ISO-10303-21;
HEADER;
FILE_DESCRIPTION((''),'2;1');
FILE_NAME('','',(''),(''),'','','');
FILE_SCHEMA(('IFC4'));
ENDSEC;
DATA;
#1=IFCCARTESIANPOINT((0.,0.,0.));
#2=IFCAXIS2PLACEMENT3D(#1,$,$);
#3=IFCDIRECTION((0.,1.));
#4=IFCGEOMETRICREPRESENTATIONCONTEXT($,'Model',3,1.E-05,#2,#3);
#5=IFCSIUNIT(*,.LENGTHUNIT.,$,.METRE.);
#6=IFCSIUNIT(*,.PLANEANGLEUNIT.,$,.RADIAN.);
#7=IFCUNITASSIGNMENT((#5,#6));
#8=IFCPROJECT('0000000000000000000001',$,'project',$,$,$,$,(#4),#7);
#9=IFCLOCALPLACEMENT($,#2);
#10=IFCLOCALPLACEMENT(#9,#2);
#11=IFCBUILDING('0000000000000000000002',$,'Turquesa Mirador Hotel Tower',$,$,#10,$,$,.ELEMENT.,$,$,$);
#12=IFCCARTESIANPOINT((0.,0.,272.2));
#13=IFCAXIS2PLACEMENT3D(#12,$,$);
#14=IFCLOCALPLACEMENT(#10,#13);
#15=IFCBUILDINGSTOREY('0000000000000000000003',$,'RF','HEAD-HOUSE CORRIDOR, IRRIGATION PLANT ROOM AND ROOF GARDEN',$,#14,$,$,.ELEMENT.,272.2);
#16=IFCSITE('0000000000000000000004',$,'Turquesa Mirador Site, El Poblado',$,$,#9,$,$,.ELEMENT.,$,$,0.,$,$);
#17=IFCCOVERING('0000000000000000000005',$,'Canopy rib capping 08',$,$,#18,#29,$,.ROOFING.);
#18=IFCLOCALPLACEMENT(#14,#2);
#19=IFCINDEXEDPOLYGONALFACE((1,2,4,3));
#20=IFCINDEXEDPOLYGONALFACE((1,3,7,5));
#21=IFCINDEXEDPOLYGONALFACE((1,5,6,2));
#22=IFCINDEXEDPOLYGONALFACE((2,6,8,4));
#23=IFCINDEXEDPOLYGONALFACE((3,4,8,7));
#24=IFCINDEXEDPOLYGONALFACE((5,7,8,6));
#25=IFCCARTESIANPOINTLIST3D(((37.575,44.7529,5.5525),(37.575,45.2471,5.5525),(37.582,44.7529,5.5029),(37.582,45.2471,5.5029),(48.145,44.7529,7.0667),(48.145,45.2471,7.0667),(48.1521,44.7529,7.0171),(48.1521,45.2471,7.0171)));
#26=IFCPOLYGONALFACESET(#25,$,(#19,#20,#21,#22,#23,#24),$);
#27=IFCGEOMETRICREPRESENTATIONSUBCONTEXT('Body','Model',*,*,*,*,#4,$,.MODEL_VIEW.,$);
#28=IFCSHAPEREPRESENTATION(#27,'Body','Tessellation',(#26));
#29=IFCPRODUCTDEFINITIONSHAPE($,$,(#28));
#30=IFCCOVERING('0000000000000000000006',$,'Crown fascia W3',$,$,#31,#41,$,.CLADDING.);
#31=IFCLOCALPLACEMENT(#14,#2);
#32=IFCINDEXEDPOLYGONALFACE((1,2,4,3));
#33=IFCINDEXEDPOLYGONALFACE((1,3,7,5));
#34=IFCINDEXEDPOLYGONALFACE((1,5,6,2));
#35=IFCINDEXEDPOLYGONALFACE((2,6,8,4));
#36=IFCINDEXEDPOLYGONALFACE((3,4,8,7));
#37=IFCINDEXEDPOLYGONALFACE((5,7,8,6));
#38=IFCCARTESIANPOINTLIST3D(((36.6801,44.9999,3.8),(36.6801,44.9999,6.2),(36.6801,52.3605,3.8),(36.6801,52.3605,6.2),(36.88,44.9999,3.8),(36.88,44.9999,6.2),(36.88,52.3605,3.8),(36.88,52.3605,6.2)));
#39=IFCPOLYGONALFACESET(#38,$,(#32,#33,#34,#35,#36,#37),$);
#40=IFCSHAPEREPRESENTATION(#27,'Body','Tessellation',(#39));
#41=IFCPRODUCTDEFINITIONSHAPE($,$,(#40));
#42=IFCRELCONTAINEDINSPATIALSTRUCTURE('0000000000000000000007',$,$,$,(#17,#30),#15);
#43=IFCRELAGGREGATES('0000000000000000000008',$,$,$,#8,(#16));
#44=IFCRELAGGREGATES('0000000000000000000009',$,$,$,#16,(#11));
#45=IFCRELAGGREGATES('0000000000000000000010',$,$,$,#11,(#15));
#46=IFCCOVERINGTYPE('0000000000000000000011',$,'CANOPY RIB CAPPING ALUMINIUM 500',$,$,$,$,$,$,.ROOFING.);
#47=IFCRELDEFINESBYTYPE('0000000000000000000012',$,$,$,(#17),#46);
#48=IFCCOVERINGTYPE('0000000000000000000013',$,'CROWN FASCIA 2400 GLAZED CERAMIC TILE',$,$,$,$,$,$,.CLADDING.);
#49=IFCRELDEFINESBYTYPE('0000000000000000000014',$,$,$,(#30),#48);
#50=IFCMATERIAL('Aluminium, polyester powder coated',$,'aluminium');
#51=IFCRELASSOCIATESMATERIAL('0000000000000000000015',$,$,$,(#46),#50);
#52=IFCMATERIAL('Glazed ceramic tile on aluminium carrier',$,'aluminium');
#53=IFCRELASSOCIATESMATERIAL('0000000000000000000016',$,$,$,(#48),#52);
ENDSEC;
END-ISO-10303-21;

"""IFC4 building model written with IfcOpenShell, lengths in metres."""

from ifc_helpers import new_model, si_unit, direction, frame, origin, origin_2d, place, context, subcontext, project, spatial, polyline, rectangle, outline, extrude, material, type_object, element, save


model = new_model("IFC4")

# Units and contexts
model_context = context("Model", 3, precision=1e-05, world=origin(), true_north=direction((0.0, 1.0)))
body_context = subcontext(model_context, "Body", "Model", "MODEL_VIEW")
ifc_project = project(units=[si_unit("LENGTHUNIT", "METRE"), si_unit("PLANEANGLEUNIT", "RADIAN")], contexts=[model_context])

# Site, building, storey
site_placement = place(None, origin())
site = spatial("IfcSite", under=ifc_project, at=site_placement, Name="Turquesa Mirador Site, El Poblado", CompositionType="ELEMENT", RefElevation=0.0)
building_placement = place(site_placement, origin())
building = spatial("IfcBuilding", under=site, at=building_placement, Name="Turquesa Mirador Hotel Tower", CompositionType="ELEMENT")
storey_placement = place(building_placement, frame((0.0, 0.0, 272.2)))
storey = spatial("IfcBuildingStorey", under=building, at=storey_placement, Name="RF", Description="HEAD-HOUSE CORRIDOR, IRRIGATION PLANT ROOM AND ROOF GARDEN", CompositionType="ELEMENT", Elevation=272.2)

# Coverings
ifc_material_1 = material(Name="Aluminium, polyester powder coated", Category="aluminium")
covering_type_1 = type_object("IfcCoveringType", Name="CANOPY RIB CAPPING ALUMINIUM 500", PredefinedType="ROOFING", material=ifc_material_1)
covering_1_placement = place(storey_placement, frame((37.575, 44.7529, 5.5525), z_axis=(-0.141802, 0.0, 0.989895), x_axis=(0.989895, 0.0, 0.141802)))
element("IfcCovering", 1, at=covering_1_placement, inside=storey, type_object=covering_type_1, Name="Canopy rib capping 08", PredefinedType="ROOFING", context=body_context, shape_type="SweptSolid", body=[
    extrude(outline(polyline([(0.0, 0.0), (10.678, 0.0), (10.678, 0.4941), (0.0, 0.4941), (0.0, 0.0)])), origin(), (0.0, 0.0, -1.0), 0.05),
])
ifc_material_2 = material(Name="Glazed ceramic tile on aluminium carrier", Category="aluminium")
covering_type_2 = type_object("IfcCoveringType", Name="CROWN FASCIA 2400 GLAZED CERAMIC TILE", PredefinedType="CLADDING", material=ifc_material_2)
covering_2_placement = place(storey_placement, frame((36.78, 48.6802, 3.8), z_axis=(0.0, 0.0, 1.0), x_axis=(1.0, 0.0, 0.0)))
element("IfcCovering", 2, at=covering_2_placement, inside=storey, type_object=covering_type_2, Name="Crown fascia W3", PredefinedType="CLADDING", context=body_context, shape_type="SweptSolid", body=[
    extrude(rectangle(XDim=0.2, YDim=7.3606, at=origin_2d()), origin(), (0.0, 0.0, 1.0), 2.3999),
])

save(model, "model.ifc")
